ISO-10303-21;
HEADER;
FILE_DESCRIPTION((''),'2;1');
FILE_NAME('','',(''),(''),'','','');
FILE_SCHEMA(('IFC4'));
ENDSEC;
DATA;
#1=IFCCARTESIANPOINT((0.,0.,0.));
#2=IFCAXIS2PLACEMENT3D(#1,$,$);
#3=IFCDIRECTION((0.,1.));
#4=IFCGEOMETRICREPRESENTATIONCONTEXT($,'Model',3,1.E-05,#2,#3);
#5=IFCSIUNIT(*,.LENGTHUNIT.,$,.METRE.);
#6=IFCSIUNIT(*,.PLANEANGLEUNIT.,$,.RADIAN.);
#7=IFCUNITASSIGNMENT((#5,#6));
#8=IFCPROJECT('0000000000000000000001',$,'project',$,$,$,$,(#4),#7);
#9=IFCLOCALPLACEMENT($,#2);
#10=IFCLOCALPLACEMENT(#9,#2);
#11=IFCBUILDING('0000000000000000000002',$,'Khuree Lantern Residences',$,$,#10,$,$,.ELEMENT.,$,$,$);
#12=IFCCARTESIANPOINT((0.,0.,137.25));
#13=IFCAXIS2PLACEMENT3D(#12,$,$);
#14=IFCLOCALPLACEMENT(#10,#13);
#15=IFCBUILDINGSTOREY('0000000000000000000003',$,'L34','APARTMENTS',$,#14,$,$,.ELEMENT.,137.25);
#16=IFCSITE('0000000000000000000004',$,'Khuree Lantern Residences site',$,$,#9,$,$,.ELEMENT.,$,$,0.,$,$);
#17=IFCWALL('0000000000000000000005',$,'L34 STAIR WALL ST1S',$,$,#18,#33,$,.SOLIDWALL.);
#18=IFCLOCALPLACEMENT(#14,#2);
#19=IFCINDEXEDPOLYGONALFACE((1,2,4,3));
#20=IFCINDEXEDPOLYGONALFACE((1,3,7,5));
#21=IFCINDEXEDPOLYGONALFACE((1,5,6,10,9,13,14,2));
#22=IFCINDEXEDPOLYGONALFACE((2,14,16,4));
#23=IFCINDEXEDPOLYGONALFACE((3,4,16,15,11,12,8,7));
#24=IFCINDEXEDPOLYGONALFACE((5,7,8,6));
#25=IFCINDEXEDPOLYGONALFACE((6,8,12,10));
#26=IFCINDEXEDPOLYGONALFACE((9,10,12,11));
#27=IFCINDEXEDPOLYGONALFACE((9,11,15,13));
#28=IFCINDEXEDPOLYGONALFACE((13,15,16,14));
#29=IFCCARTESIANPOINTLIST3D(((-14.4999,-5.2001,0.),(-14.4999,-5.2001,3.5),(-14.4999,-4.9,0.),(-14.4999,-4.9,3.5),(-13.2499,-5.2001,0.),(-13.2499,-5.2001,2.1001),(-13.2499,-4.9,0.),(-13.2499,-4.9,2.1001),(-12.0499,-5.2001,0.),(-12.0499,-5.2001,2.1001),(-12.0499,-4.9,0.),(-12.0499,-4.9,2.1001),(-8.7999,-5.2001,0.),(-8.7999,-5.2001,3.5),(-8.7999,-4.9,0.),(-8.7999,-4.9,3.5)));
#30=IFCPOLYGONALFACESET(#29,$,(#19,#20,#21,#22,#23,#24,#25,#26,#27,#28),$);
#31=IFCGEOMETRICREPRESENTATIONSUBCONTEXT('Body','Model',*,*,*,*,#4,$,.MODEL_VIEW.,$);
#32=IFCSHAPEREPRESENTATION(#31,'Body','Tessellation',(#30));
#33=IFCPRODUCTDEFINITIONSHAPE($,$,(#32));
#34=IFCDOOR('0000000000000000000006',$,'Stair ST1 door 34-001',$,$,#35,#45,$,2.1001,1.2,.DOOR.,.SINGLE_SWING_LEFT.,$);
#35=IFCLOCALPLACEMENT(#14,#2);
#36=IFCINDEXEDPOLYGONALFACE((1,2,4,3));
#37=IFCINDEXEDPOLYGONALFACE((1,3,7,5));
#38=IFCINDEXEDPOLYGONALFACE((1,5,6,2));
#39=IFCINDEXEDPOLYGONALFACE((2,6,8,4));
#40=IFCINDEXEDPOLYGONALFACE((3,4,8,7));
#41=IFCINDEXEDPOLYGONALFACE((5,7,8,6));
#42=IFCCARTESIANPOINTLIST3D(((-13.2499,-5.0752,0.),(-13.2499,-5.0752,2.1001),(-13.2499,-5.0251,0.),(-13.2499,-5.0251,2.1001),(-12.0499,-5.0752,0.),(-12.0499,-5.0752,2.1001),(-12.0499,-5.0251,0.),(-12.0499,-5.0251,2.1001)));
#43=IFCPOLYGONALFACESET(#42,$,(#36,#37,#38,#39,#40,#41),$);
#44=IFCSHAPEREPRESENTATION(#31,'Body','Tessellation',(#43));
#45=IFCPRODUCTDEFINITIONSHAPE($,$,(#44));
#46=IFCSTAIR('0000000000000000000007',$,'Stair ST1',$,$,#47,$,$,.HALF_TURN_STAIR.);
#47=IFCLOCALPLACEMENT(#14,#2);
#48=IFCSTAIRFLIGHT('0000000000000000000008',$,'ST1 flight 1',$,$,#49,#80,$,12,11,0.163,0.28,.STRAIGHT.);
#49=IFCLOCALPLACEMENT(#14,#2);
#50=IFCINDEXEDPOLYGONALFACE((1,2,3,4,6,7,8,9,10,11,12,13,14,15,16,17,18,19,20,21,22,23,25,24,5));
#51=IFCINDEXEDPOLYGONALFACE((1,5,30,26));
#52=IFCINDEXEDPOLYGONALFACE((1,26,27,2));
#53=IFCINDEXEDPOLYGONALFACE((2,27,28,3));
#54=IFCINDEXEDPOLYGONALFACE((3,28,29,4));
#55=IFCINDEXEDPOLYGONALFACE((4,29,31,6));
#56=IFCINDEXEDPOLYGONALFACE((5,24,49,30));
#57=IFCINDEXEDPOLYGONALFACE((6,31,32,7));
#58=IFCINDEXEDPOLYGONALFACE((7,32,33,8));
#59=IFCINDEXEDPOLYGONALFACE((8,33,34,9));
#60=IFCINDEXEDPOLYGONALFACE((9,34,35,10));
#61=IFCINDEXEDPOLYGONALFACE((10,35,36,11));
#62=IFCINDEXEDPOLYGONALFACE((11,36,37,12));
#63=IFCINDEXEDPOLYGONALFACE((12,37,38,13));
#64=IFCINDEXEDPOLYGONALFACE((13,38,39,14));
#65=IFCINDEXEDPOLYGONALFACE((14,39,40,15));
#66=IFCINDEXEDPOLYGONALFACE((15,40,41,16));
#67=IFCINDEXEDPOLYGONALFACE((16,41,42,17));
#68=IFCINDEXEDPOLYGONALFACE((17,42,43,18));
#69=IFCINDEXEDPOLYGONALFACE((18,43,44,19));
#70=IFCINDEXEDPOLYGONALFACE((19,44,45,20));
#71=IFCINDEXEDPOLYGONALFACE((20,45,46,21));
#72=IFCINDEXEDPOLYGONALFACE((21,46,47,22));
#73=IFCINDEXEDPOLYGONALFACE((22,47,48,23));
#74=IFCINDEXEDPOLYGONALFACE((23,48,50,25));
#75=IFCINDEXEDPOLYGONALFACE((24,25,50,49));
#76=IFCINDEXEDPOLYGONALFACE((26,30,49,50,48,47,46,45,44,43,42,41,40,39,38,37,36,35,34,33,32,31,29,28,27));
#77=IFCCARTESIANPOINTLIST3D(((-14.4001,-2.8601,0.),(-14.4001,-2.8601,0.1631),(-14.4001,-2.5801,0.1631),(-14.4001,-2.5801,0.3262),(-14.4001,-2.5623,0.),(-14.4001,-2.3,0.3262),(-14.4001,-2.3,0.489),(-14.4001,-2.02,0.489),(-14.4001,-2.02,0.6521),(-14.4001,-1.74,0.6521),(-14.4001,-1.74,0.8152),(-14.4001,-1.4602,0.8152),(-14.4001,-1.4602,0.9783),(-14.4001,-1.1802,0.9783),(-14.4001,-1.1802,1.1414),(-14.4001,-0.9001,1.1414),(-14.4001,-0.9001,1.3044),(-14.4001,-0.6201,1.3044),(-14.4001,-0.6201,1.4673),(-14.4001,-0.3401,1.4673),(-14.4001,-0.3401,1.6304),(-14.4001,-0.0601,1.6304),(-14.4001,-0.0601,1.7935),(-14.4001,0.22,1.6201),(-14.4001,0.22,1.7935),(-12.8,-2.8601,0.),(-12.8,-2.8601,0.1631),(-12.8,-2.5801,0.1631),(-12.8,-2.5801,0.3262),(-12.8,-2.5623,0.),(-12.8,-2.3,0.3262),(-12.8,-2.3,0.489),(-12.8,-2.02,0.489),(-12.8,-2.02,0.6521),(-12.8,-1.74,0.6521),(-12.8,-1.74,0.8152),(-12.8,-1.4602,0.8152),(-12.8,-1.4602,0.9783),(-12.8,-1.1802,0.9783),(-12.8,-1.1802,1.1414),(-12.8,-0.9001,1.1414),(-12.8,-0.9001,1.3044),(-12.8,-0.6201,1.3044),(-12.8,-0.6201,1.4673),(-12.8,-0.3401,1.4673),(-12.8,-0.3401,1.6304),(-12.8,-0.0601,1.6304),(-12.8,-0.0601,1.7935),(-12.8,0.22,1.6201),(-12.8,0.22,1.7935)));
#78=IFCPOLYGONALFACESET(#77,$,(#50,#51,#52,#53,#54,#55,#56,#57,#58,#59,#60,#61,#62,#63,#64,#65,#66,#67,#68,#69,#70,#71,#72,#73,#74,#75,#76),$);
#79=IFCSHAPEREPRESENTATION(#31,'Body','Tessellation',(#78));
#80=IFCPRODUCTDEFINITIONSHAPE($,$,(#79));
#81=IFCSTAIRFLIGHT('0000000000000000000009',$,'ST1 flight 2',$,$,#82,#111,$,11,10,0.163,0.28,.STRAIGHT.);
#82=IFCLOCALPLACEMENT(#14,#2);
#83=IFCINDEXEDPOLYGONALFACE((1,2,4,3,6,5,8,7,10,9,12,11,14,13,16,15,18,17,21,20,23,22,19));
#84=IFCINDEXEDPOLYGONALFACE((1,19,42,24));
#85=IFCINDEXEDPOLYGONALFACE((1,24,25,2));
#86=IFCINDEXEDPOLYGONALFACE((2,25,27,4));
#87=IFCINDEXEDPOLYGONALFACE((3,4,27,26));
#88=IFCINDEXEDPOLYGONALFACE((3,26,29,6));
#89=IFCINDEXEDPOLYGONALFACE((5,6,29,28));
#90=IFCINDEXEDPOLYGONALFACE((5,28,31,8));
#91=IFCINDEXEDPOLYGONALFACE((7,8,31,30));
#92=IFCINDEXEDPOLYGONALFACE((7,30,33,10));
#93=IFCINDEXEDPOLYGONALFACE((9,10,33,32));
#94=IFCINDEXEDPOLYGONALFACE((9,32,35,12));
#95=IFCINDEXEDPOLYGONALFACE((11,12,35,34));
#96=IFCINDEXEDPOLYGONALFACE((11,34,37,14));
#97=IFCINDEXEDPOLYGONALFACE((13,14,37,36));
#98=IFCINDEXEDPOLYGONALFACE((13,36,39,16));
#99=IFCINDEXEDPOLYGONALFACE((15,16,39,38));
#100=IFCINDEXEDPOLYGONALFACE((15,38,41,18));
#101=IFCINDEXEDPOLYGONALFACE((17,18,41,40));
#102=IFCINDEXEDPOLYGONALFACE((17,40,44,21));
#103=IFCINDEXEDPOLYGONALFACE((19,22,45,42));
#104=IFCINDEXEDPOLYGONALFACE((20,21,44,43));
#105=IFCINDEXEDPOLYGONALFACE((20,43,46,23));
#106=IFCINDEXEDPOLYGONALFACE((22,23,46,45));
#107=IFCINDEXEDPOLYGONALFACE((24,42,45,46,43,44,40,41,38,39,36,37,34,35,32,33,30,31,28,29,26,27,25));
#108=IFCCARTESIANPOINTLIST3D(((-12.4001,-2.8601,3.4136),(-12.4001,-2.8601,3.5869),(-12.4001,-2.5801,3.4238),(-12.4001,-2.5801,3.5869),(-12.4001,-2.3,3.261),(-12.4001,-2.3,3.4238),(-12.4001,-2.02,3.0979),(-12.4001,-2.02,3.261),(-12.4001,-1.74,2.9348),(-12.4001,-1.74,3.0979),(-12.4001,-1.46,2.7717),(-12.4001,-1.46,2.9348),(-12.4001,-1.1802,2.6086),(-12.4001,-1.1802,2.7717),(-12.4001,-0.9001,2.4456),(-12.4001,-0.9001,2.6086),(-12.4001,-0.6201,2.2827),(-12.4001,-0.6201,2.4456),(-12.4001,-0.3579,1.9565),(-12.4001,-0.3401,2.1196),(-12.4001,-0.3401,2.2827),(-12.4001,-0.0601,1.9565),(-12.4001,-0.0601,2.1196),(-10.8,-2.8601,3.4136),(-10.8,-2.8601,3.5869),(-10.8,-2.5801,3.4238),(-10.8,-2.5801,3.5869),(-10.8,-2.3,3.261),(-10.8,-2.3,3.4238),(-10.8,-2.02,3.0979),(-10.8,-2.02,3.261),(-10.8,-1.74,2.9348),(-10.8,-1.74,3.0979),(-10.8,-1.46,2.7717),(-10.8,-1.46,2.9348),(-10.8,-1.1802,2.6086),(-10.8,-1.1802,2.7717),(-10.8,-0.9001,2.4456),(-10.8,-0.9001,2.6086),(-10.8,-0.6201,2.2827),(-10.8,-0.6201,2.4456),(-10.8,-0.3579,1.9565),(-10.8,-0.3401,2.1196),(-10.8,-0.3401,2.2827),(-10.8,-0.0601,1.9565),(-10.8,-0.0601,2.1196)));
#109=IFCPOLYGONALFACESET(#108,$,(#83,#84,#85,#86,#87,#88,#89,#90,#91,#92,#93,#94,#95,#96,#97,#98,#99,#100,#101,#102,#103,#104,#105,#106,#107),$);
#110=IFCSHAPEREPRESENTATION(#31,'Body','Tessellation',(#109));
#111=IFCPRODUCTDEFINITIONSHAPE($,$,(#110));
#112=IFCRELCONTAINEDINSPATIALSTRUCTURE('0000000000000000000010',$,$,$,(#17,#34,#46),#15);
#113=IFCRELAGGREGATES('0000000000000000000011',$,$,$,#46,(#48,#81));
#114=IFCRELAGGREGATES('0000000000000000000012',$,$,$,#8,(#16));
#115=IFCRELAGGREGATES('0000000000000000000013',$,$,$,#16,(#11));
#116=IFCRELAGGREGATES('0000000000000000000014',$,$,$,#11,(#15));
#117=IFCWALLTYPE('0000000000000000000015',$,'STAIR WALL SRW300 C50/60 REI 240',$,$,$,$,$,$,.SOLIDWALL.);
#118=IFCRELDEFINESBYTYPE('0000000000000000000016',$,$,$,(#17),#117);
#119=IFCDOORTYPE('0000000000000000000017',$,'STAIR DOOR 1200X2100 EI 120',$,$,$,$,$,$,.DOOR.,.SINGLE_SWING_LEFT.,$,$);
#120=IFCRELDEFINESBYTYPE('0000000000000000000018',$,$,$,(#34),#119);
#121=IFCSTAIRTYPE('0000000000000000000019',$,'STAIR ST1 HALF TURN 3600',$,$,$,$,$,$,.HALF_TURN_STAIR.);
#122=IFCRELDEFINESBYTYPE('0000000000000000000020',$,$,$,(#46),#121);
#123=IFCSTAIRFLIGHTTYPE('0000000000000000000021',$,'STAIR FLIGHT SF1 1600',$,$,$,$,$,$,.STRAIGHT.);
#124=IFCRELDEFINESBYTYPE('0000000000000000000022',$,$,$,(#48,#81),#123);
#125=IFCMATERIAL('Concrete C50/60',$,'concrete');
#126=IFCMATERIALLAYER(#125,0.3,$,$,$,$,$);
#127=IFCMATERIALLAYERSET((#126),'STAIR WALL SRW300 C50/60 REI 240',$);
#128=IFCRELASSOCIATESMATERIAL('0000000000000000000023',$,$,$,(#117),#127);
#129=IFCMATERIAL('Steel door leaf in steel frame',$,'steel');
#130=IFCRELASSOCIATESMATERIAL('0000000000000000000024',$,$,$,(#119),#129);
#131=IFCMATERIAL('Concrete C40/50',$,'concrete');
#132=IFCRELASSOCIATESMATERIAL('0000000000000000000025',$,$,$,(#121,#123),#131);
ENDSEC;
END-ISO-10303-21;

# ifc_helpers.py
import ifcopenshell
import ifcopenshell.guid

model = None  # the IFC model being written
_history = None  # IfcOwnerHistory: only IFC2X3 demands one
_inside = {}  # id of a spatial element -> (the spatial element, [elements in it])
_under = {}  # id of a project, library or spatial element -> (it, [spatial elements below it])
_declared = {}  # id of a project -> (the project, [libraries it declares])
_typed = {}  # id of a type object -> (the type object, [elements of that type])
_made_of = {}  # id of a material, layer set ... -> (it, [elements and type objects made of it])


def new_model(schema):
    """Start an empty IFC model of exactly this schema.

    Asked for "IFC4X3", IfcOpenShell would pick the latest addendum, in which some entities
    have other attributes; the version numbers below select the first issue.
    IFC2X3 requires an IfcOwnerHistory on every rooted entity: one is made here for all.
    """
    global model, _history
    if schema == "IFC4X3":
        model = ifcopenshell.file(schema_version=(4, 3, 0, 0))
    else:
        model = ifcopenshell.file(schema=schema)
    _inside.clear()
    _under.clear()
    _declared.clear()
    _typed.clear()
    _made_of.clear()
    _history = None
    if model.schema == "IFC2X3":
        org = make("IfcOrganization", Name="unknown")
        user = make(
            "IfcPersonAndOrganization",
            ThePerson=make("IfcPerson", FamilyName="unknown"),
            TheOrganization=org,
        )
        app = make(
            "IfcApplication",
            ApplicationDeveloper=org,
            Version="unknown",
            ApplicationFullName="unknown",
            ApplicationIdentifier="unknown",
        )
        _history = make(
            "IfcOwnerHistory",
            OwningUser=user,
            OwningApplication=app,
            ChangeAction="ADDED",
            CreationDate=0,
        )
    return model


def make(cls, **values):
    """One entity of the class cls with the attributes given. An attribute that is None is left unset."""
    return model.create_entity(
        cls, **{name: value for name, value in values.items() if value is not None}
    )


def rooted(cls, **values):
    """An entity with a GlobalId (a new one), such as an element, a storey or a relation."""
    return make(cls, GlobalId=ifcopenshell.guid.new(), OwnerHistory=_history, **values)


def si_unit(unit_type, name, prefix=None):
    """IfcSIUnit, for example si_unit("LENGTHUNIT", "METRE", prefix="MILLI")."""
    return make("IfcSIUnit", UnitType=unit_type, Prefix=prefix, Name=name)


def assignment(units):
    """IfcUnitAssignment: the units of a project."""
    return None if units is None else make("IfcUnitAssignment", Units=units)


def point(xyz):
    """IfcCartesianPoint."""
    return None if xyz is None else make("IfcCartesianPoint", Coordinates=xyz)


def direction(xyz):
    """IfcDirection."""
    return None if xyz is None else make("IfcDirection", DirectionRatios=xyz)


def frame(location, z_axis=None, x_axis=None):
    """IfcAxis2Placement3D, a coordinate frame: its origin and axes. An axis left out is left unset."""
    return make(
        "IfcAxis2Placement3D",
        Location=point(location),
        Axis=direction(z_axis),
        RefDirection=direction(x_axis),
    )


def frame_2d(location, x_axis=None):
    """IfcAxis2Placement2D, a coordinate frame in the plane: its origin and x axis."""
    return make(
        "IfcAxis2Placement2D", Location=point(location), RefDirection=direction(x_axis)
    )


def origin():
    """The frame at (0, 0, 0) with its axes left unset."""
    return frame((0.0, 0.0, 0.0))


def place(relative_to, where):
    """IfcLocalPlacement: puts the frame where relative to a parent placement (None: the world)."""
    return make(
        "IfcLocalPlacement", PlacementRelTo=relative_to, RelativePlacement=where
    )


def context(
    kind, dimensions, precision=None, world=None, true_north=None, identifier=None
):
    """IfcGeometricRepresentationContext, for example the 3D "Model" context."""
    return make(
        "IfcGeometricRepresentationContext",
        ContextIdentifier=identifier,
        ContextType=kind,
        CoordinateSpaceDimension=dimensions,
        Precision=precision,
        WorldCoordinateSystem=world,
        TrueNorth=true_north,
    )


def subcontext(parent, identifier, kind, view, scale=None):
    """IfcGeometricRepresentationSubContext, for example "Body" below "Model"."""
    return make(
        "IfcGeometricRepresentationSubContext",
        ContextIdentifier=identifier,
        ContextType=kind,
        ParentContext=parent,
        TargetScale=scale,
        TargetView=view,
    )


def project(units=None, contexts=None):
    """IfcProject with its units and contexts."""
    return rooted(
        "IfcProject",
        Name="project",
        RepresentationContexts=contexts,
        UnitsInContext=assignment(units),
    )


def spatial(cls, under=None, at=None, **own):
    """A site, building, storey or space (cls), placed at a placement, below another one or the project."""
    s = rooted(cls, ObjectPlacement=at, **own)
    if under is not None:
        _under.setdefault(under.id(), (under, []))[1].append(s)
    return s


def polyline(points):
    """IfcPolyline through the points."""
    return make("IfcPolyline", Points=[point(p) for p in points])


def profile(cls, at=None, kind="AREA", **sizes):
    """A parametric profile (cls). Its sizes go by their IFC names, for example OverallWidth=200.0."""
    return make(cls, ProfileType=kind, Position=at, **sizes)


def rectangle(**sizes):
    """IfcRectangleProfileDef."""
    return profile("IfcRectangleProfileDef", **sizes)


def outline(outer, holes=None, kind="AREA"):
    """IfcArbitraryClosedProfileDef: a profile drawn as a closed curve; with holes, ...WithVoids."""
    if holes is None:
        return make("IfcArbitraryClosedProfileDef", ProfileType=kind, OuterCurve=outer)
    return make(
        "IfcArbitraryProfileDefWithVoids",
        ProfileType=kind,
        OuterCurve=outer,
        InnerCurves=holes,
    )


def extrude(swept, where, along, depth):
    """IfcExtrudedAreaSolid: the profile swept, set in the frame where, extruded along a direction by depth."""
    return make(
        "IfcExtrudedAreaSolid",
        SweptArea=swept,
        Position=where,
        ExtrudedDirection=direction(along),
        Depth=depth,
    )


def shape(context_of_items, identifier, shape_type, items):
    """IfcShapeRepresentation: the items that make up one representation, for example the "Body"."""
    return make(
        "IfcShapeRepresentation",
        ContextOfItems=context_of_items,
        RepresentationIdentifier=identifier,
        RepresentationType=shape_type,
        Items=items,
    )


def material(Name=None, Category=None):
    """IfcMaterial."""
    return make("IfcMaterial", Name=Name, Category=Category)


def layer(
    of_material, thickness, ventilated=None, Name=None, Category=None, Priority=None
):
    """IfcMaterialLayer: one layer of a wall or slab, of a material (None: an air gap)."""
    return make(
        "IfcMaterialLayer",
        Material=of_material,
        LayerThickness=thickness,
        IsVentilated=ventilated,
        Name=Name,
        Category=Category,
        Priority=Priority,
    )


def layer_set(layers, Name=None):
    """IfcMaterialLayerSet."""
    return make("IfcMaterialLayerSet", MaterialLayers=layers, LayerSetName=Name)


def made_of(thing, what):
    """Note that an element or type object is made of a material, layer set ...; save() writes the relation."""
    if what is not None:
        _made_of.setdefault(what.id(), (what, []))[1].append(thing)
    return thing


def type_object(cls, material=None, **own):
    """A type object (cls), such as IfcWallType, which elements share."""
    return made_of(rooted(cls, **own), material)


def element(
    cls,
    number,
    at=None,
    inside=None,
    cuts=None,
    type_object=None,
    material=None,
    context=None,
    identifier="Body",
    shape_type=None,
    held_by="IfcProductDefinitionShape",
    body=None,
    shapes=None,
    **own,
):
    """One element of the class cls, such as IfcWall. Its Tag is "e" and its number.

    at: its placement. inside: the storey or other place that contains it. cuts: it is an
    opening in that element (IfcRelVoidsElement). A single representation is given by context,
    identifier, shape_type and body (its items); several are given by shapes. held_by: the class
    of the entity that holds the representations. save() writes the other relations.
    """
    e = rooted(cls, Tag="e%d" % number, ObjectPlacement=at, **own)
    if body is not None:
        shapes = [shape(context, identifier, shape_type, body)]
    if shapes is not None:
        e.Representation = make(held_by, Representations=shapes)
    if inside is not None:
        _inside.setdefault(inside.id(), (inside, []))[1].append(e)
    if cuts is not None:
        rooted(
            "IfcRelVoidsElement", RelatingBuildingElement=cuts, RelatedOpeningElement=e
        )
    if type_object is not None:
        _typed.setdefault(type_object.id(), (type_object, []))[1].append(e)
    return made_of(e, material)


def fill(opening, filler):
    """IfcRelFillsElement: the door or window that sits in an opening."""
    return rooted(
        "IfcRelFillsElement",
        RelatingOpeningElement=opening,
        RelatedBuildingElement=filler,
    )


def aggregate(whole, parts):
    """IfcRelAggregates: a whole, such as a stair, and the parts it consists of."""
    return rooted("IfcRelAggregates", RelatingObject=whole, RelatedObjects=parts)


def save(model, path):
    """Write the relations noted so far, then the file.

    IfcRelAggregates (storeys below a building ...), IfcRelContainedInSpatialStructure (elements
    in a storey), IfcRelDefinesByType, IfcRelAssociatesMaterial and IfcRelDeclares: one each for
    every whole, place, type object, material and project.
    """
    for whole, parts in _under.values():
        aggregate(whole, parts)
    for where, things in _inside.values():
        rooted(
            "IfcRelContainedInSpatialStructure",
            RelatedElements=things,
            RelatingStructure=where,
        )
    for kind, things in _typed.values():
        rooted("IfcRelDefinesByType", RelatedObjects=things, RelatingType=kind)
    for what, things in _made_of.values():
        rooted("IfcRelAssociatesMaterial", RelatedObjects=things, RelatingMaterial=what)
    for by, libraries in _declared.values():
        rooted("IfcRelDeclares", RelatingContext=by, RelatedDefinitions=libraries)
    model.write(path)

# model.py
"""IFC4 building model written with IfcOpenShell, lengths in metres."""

from ifc_helpers import new_model, si_unit, direction, frame, frame_2d, origin, place, context, subcontext, project, spatial, polyline, rectangle, outline, extrude, material, layer, layer_set, type_object, element, fill, aggregate, save


model = new_model("IFC4")

# Units and contexts
model_context = context("Model", 3, precision=1e-05, world=origin(), true_north=direction((0.0, 1.0)))
body_context = subcontext(model_context, "Body", "Model", "MODEL_VIEW")
ifc_project = project(units=[si_unit("LENGTHUNIT", "METRE"), si_unit("PLANEANGLEUNIT", "RADIAN")], contexts=[model_context])

# Site, building, storey
site_placement = place(None, origin())
site = spatial("IfcSite", under=ifc_project, at=site_placement, Name="Khuree Lantern Residences site", CompositionType="ELEMENT", RefElevation=0.0)
building_placement = place(site_placement, origin())
building = spatial("IfcBuilding", under=site, at=building_placement, Name="Khuree Lantern Residences", CompositionType="ELEMENT")
storey_placement = place(building_placement, frame((0.0, 0.0, 137.25)))
storey = spatial("IfcBuildingStorey", under=building, at=storey_placement, Name="L34", Description="APARTMENTS", CompositionType="ELEMENT", Elevation=137.25)

# Shared definitions
ifc_material_1 = material(Name="Steel door leaf in steel frame", Category="steel")

# Shared definitions
ifc_material_2 = material(Name="Concrete C50/60", Category="concrete")
ifc_layer_1 = layer(ifc_material_2, 0.3)
ifc_layer_set_1 = layer_set([ifc_layer_1], Name="STAIR WALL SRW300 C50/60 REI 240")
wall_type_1 = type_object("IfcWallType", Name="STAIR WALL SRW300 C50/60 REI 240", PredefinedType="SOLIDWALL", material=ifc_layer_set_1)

# Wall, opening, door
wall_1_placement = place(storey_placement, frame((-14.5, -5.05, 0.0), z_axis=(0.0, 0.0, 1.0), x_axis=(1.0, 0.0, 0.0)))
wall_1 = element("IfcWall", 1, at=wall_1_placement, inside=storey, type_object=wall_type_1, Name="L34 STAIR WALL ST1S", PredefinedType="SOLIDWALL", context=body_context, shape_type="SweptSolid", body=[
    extrude(rectangle(XDim=5.7, YDim=0.3, at=frame_2d((2.8501, 0.0))), origin(), (0.0, 0.0, 1.0), 3.5),
])
opening_1_placement = place(wall_1_placement, frame((1.25, 0.0, 0.0)))
opening_1 = element("IfcOpeningElement", 2, at=opening_1_placement, cuts=wall_1, PredefinedType="OPENING", context=body_context, shape_type="SweptSolid", body=[
    extrude(rectangle(XDim=1.2, YDim=2.1001, at=frame_2d((0.6001, 1.05))), frame((0.0, 0.1602, 0.0), z_axis=(0.0, -1.0, 0.0), x_axis=(1.0, 0.0, 0.0)), (0.0, 0.0, 1.0), 0.3201),
])
door_type_1 = type_object("IfcDoorType", Name="STAIR DOOR 1200X2100 EI 120", OperationType="SINGLE_SWING_LEFT", PredefinedType="DOOR", material=ifc_material_1)
door_1_placement = place(opening_1_placement, origin())
door_1 = element("IfcDoor", 3, at=door_1_placement, inside=storey, type_object=door_type_1, Name="Stair ST1 door 34-001", OperationType="SINGLE_SWING_LEFT", OverallHeight=2.1001, OverallWidth=1.2, PredefinedType="DOOR", context=body_context, shape_type="SweptSolid", body=[
    extrude(rectangle(XDim=1.2, YDim=2.1001, at=frame_2d((0.6001, 1.05))), frame((0.0, 0.0249, 0.0), z_axis=(0.0, -1.0, 0.0), x_axis=(1.0, 0.0, 0.0)), (0.0, 0.0, 1.0), 0.05),
])
fill(opening_1, door_1)

# Stair, stair flights
ifc_material_3 = material(Name="Concrete C40/50", Category="concrete")
stair_type = type_object("IfcStairType", Name="STAIR ST1 HALF TURN 3600", PredefinedType="HALF_TURN_STAIR", material=ifc_material_3)
stair_placement = place(storey_placement, origin())
stair = element("IfcStair", 4, at=stair_placement, inside=storey, type_object=stair_type, Name="Stair ST1", PredefinedType="HALF_TURN_STAIR")
stair_flight_type = type_object("IfcStairFlightType", Name="STAIR FLIGHT SF1 1600", PredefinedType="STRAIGHT", material=ifc_material_3)
stair_flight_1_placement = place(storey_placement, frame((-13.6001, -2.8601, 0.0), z_axis=(0.0, 0.0, 1.0), x_axis=(0.0, 1.0, 0.0)))
stair_flight_1 = element("IfcStairFlight", 5, at=stair_flight_1_placement, type_object=stair_flight_type, Name="ST1 flight 1", NumberOfRisers=12, NumberOfTreads=11, PredefinedType="STRAIGHT", RiserHeight=0.163, TreadLength=0.28, context=body_context, shape_type="SweptSolid", body=[
    extrude(outline(polyline([(0.0, 0.0), (0.0, 0.1631), (0.28, 0.1631), (0.28, 0.3262), (0.5601, 0.3262), (0.5601, 0.489), (0.8401, 0.489), (0.8401, 0.6521), (1.1201, 0.6521), (1.1201, 0.8152), (1.3999, 0.8152), (1.3999, 0.9783), (1.6799, 0.9783), (1.6799, 1.1414), (1.96, 1.1414), (1.96, 1.3044), (2.24, 1.3044), (2.24, 1.4673), (2.52, 1.4673), (2.52, 1.6304), (2.8, 1.6304), (2.8, 1.7935), (3.0801, 1.7935), (3.0801, 1.9565), (3.0801, 1.6201), (0.2979, 0.0), (0.0, 0.0)])), frame((0.0, 0.8, 0.0), z_axis=(0.0, -1.0, 0.0), x_axis=(1.0, 0.0, 0.0)), (0.0, 0.0, 1.0), 1.6001),
])
stair_flight_2_placement = place(storey_placement, frame((-11.6001, -0.0601, 1.9565), z_axis=(0.0, 0.0, 1.0), x_axis=(0.0, -1.0, 0.0)))
stair_flight_2 = element("IfcStairFlight", 6, at=stair_flight_2_placement, type_object=stair_flight_type, Name="ST1 flight 2", NumberOfRisers=11, NumberOfTreads=10, PredefinedType="STRAIGHT", RiserHeight=0.163, TreadLength=0.28, context=body_context, shape_type="SweptSolid", body=[
    extrude(outline(polyline([(0.0, 0.0), (0.0, 0.1631), (0.28, 0.1631), (0.28, 0.3262), (0.5601, 0.3262), (0.5601, 0.489), (0.8401, 0.489), (0.8401, 0.6521), (1.1201, 0.6521), (1.1201, 0.8152), (1.3999, 0.8152), (1.3999, 0.9783), (1.6799, 0.9783), (1.6799, 1.1414), (1.96, 1.1414), (1.96, 1.3044), (2.24, 1.3044), (2.24, 1.4673), (2.52, 1.4673), (2.52, 1.6304), (2.8, 1.6304), (2.8, 1.7935), (2.8, 1.457), (0.2979, 0.0), (0.0, 0.0)])), frame((0.0, 0.8, 0.0), z_axis=(0.0, -1.0, 0.0), x_axis=(1.0, 0.0, 0.0)), (0.0, 0.0, 1.0), 1.6001),
])
aggregate(stair, [stair_flight_1, stair_flight_2])

save(model, "model.ifc")
